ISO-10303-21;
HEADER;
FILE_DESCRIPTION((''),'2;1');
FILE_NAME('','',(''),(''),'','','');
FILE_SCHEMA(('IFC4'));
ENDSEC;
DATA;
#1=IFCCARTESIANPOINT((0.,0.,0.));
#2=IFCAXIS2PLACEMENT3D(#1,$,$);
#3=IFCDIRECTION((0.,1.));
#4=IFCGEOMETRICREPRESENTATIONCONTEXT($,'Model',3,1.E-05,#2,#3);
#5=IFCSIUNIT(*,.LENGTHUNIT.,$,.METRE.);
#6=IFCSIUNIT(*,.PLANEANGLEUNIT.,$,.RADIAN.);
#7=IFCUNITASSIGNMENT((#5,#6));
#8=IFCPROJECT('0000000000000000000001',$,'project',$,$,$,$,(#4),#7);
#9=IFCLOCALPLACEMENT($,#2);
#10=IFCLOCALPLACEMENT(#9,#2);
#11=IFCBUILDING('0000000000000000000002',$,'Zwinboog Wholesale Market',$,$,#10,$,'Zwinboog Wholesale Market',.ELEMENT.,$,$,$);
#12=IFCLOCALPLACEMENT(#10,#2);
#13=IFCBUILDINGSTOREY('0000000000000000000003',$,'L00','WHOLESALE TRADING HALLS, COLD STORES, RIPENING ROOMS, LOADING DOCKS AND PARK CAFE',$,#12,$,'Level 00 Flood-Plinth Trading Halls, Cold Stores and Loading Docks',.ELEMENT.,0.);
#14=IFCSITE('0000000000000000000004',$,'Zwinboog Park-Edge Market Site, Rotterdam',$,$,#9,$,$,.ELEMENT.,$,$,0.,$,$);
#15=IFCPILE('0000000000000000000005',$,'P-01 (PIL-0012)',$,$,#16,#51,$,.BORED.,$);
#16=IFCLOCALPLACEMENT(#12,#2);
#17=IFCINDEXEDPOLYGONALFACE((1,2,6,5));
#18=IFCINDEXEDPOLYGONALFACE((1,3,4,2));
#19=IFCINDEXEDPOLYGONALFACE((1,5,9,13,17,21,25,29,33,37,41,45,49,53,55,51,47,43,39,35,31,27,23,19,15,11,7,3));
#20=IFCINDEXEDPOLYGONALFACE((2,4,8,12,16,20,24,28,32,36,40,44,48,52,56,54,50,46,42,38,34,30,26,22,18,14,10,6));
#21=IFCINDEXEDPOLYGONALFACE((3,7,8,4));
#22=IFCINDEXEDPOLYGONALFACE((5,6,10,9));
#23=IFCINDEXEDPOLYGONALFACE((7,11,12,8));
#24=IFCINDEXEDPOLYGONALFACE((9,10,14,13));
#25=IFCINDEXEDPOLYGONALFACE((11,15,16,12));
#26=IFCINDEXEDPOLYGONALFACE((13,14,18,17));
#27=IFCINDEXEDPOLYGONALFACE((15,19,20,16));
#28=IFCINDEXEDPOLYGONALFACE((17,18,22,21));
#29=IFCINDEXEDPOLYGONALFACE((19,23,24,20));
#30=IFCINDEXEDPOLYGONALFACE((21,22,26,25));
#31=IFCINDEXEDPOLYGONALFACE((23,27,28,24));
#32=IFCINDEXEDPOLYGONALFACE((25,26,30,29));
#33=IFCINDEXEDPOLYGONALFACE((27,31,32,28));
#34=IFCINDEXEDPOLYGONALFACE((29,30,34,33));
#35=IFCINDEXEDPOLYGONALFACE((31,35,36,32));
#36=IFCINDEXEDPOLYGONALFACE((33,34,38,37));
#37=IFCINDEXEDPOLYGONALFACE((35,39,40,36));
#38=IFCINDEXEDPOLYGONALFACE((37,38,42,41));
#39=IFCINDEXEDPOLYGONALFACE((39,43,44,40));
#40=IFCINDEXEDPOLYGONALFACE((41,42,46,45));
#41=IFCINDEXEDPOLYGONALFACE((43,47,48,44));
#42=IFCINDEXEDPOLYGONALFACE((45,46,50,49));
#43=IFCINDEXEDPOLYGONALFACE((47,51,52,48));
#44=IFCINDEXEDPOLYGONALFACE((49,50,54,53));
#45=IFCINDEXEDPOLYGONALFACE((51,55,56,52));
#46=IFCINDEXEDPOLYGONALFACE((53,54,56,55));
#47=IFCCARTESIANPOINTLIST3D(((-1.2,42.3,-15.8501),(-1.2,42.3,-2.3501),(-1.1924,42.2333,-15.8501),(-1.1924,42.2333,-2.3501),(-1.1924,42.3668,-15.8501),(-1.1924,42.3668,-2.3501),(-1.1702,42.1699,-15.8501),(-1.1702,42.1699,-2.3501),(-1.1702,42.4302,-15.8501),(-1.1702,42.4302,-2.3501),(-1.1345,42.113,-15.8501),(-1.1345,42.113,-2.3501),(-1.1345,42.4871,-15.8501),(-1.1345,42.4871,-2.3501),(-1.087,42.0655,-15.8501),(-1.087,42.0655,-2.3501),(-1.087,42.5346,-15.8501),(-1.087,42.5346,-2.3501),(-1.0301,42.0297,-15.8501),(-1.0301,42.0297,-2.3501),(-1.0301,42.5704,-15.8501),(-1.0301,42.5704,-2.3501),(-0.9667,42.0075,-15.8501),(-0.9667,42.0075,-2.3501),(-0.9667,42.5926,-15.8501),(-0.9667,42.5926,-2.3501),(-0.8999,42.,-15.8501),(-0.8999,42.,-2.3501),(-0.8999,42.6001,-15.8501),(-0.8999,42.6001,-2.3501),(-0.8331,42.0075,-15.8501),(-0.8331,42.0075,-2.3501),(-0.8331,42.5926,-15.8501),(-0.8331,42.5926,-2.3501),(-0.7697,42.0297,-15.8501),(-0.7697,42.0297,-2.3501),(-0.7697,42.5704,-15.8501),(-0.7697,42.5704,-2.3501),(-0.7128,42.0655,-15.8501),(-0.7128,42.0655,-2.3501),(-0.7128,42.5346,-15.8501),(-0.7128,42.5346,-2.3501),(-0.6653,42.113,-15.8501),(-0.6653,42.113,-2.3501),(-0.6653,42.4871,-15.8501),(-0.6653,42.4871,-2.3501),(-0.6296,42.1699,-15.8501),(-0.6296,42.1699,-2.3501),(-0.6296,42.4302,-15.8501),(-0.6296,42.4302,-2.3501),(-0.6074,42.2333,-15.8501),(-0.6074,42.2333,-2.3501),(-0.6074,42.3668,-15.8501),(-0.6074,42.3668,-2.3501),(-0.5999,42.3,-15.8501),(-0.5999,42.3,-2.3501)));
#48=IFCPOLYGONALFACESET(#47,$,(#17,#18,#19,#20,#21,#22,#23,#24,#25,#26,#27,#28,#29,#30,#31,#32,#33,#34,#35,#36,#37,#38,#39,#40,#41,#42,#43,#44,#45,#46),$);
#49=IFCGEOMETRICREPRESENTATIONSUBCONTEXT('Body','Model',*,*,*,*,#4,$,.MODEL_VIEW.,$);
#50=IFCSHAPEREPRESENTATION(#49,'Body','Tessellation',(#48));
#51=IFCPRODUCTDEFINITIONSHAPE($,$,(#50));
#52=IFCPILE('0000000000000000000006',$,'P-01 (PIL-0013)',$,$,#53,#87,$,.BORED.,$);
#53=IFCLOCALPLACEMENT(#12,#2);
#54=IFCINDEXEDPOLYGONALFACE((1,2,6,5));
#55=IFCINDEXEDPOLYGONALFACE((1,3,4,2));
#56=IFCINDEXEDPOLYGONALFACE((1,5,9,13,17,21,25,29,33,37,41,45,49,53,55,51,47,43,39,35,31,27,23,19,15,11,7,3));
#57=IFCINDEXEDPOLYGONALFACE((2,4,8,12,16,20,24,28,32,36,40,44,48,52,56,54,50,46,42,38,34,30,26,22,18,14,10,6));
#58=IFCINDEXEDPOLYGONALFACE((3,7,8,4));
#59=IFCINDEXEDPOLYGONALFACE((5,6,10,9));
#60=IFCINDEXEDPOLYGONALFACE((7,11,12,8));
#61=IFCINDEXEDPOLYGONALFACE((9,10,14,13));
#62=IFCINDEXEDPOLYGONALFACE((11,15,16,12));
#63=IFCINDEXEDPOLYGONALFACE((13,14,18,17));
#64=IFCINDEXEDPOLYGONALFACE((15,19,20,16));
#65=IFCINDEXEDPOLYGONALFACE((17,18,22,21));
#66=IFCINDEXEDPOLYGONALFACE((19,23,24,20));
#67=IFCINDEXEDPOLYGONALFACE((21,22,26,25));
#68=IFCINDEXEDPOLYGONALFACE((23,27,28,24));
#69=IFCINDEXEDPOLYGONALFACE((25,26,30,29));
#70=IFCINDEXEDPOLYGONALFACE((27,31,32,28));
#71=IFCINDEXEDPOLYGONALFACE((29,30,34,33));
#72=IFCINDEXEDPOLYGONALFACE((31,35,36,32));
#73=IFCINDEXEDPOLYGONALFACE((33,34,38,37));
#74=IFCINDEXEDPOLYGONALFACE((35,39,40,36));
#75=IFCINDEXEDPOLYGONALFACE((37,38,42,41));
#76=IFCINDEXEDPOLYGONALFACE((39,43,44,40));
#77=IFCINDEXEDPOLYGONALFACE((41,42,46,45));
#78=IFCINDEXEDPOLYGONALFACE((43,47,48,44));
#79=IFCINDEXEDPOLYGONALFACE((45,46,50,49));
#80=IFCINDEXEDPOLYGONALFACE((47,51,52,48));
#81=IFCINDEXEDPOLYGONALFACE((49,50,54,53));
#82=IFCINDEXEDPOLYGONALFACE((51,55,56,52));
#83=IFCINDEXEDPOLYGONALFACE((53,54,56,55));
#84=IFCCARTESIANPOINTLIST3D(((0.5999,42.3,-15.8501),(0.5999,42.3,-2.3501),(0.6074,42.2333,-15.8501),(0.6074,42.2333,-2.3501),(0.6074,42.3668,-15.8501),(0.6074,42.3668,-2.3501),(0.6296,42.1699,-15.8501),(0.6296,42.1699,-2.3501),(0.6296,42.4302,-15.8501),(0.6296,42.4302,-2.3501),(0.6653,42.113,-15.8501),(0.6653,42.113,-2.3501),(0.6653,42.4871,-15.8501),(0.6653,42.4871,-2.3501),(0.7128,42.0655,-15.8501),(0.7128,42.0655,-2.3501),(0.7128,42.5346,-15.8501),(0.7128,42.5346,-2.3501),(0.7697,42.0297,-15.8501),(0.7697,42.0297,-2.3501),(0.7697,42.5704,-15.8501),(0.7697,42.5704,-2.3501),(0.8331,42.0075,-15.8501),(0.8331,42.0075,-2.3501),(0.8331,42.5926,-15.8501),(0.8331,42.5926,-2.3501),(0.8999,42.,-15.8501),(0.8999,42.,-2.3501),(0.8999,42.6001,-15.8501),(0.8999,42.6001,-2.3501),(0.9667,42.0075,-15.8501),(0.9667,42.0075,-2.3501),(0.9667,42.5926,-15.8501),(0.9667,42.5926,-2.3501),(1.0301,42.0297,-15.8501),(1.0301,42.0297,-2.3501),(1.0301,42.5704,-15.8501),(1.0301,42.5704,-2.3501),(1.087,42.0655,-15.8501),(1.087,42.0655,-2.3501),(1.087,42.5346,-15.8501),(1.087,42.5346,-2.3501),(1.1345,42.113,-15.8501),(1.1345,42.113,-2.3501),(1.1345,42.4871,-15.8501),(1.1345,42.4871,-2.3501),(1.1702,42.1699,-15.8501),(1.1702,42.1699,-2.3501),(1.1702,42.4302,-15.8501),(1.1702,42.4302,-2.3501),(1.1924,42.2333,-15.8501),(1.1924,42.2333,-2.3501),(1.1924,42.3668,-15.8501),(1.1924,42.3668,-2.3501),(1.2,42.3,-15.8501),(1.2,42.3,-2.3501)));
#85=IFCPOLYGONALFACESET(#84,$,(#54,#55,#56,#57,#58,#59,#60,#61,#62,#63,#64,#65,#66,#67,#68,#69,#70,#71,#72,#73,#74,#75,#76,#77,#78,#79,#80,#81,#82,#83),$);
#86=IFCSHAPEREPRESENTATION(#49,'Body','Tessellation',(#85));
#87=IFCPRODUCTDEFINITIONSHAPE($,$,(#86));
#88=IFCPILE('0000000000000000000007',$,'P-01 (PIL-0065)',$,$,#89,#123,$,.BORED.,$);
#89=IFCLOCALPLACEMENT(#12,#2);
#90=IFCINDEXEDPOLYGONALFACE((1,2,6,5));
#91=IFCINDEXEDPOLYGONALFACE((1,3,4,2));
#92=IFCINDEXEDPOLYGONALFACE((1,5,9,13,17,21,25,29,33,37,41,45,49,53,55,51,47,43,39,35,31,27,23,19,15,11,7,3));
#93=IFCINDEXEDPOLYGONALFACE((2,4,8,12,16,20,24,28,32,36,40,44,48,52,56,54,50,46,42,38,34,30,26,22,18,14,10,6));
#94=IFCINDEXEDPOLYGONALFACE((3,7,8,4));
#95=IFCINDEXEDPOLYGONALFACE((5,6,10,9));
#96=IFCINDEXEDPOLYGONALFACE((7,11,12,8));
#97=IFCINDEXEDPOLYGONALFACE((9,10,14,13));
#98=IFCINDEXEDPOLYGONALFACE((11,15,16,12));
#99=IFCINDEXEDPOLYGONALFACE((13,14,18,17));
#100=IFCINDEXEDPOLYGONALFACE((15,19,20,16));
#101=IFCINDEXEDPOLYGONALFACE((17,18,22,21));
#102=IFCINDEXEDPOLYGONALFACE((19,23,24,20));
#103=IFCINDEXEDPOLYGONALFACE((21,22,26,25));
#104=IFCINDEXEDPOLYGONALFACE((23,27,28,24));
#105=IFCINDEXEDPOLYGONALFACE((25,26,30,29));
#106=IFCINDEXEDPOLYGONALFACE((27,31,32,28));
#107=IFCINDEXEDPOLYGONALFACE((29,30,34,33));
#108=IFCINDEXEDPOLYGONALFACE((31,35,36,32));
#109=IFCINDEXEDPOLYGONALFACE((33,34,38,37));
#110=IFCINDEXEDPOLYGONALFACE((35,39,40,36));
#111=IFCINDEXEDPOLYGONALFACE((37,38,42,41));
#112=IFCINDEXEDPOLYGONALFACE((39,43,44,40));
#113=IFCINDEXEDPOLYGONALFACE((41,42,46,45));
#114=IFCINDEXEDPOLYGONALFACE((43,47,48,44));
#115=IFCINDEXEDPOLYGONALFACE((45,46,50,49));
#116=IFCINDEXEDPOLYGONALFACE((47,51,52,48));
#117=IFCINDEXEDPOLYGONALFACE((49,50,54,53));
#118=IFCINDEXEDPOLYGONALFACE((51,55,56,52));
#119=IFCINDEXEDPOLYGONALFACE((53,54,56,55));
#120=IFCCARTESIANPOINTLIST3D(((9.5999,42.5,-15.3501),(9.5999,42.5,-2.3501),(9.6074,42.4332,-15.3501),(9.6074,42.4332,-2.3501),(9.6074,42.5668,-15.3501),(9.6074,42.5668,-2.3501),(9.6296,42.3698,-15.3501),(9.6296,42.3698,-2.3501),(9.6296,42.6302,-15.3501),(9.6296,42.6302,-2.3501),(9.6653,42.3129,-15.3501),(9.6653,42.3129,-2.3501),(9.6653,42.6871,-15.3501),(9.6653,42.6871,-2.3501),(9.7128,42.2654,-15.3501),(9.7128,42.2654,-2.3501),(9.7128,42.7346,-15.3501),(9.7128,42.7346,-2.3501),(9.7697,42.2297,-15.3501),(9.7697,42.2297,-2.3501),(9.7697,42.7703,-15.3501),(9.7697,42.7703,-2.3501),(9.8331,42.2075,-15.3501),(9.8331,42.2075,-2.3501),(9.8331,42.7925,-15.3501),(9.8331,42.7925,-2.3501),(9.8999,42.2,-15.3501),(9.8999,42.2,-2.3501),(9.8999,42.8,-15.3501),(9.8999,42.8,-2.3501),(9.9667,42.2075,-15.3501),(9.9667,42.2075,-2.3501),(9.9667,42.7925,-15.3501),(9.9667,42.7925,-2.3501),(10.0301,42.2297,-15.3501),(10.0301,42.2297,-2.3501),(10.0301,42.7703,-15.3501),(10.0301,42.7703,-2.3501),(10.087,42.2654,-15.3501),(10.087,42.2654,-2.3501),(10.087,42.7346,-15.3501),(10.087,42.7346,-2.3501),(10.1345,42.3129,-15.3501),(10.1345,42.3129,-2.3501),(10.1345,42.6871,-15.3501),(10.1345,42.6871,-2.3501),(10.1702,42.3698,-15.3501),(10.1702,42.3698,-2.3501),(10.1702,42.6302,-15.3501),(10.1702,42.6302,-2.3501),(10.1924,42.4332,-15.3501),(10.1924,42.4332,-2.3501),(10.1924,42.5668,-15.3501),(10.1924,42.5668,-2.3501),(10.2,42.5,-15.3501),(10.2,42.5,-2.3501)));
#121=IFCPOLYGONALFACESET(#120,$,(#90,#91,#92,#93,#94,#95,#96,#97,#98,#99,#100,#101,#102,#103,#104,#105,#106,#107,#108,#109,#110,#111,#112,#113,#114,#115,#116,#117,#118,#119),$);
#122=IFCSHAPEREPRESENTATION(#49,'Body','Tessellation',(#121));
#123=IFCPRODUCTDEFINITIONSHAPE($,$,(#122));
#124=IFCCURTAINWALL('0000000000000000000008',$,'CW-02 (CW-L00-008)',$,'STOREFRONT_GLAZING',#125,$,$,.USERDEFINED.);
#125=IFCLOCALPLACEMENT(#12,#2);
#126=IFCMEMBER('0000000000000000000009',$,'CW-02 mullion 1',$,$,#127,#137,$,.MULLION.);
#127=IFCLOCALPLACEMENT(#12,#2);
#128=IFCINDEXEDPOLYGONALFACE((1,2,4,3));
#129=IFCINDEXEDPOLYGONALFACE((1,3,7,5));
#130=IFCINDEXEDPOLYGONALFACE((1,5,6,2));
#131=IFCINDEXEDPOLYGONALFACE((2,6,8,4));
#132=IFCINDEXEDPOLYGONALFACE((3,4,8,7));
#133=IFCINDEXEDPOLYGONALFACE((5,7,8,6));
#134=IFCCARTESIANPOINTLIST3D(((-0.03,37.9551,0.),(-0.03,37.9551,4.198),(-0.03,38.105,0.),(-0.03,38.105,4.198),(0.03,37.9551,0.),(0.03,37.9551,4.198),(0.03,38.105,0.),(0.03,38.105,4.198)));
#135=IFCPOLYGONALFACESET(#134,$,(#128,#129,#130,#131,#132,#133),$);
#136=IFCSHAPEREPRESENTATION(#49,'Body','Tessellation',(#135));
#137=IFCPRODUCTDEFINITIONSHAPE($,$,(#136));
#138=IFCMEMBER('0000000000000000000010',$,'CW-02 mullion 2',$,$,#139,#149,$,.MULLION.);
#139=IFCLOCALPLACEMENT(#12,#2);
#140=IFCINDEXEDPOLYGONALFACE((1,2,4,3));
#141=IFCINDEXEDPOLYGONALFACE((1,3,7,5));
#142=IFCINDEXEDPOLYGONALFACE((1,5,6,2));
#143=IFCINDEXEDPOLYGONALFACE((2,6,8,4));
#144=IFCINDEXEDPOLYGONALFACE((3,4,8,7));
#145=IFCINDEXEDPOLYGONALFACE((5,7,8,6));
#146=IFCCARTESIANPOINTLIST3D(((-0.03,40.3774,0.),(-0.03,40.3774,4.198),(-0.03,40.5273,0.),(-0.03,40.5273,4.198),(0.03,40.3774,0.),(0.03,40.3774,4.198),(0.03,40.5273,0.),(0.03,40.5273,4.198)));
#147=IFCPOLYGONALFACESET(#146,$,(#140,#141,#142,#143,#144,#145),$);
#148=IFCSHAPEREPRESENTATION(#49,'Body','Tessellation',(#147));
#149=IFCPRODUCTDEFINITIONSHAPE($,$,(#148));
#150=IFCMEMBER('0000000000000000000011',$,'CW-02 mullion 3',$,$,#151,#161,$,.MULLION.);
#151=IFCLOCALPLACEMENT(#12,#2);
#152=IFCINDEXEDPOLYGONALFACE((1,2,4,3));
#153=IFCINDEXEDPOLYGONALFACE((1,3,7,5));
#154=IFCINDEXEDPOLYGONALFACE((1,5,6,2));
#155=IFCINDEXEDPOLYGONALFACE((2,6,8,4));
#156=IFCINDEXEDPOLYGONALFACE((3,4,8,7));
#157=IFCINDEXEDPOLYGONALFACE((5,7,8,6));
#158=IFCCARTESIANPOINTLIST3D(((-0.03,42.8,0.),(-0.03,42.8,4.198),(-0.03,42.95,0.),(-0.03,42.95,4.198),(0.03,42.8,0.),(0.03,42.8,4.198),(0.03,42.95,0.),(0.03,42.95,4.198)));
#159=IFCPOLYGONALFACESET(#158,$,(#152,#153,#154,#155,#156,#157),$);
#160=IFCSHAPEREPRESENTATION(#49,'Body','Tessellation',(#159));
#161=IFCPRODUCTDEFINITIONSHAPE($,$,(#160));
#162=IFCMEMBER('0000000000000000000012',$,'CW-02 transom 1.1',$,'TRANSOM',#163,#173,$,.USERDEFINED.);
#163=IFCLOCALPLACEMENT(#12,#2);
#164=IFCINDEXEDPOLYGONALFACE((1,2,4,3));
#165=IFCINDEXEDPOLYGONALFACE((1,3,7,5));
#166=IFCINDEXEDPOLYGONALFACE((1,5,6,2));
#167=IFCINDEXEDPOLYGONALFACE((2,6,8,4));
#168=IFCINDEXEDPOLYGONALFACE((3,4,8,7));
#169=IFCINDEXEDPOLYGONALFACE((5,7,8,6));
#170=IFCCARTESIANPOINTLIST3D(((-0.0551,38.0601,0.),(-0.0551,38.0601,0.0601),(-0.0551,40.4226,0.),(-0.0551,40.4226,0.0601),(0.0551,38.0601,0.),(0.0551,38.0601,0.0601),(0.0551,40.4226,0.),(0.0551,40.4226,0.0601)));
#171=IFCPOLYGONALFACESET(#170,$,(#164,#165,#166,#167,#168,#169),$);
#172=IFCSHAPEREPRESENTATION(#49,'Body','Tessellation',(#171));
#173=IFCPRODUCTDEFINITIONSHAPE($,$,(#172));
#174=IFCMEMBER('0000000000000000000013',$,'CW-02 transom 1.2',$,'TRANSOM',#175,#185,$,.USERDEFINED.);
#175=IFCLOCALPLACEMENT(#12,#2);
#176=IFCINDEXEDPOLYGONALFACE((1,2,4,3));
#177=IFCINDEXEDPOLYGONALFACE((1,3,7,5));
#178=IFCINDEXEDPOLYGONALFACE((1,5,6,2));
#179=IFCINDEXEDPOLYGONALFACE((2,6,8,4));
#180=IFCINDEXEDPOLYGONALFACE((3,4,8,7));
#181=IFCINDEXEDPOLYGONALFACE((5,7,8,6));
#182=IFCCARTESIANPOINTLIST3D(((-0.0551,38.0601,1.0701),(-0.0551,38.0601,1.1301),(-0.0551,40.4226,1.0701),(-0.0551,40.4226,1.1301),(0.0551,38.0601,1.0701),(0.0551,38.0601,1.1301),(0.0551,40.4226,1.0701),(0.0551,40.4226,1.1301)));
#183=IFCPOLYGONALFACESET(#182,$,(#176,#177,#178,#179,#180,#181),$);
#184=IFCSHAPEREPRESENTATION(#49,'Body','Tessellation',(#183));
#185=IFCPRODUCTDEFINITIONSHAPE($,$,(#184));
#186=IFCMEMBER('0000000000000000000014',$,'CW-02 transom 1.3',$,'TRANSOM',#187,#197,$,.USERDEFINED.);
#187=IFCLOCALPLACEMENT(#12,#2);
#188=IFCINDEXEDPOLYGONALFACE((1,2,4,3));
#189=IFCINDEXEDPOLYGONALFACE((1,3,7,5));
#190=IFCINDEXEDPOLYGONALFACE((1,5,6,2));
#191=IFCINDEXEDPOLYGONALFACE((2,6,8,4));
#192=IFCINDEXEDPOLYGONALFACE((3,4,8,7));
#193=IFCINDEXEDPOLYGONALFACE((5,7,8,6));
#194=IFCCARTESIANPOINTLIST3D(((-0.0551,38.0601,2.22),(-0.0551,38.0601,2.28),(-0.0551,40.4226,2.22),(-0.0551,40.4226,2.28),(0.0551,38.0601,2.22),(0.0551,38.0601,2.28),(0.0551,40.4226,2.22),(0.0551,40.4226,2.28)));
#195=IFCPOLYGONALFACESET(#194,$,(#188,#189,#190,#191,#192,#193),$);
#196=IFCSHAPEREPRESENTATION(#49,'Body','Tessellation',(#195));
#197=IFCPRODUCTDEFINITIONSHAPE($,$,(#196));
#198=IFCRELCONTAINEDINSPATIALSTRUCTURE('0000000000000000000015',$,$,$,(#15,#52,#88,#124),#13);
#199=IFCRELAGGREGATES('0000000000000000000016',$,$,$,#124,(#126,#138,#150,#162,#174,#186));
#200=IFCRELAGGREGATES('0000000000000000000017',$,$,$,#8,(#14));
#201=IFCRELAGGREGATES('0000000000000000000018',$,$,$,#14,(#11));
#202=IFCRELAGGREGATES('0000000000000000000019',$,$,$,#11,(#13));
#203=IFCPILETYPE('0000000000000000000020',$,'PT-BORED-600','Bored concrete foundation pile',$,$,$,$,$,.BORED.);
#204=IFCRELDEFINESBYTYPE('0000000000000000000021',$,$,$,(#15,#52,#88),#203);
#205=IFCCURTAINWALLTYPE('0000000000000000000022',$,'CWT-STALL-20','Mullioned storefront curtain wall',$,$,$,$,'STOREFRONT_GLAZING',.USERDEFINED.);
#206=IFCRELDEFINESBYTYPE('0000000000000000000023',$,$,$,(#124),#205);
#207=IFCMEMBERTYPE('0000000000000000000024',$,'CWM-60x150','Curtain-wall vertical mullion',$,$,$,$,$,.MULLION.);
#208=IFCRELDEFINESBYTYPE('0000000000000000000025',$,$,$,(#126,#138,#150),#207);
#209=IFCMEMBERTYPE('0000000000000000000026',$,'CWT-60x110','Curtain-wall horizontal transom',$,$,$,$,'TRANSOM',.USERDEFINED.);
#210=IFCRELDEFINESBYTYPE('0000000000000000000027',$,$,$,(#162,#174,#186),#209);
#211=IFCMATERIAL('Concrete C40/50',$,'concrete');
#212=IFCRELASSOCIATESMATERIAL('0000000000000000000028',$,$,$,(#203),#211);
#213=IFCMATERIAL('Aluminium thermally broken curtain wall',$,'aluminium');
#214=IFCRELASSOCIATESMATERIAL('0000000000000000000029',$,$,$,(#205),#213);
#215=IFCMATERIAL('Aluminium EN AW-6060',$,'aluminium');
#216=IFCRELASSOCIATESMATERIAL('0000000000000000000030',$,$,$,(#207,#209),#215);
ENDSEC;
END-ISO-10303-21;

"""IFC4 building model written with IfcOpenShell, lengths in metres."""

from ifc_helpers import new_model, si_unit, direction, frame, origin, origin_2d, place, context, subcontext, project, spatial, rectangle, circle, extrude, material, material_profile, profile_set, type_object, element, aggregate, save


model = new_model("IFC4")

# Units and contexts
model_context = context("Model", 3, precision=1e-05, world=origin(), true_north=direction((0.0, 1.0)))
body_context = subcontext(model_context, "Body", "Model", "MODEL_VIEW")
ifc_project = project(units=[si_unit("LENGTHUNIT", "METRE"), si_unit("PLANEANGLEUNIT", "RADIAN")], contexts=[model_context])

# Site, building, storey
site_placement = place(None, origin())
site = spatial("IfcSite", under=ifc_project, at=site_placement, Name="Zwinboog Park-Edge Market Site, Rotterdam", CompositionType="ELEMENT", RefElevation=0.0)
building_placement = place(site_placement, origin())
building = spatial("IfcBuilding", under=site, at=building_placement, Name="Zwinboog Wholesale Market", LongName="Zwinboog Wholesale Market", CompositionType="ELEMENT")
storey_placement = place(building_placement, origin())
storey = spatial("IfcBuildingStorey", under=building, at=storey_placement, Name="L00", Description="WHOLESALE TRADING HALLS, COLD STORES, RIPENING ROOMS, LOADING DOCKS AND PARK CAFE", LongName="Level 00 Flood-Plinth Trading Halls, Cold Stores and Loading Docks", CompositionType="ELEMENT", Elevation=0.0)

# Piles
ifc_material_1 = material(Name="Concrete C40/50", Category="concrete")
ifc_material_profile_1 = material_profile(ifc_material_1, circle(Radius=0.3, at=origin_2d()), Name="PILE D600")
ifc_profile_set_1 = profile_set([ifc_material_profile_1], Name="Concrete C40/50")
pile_type = type_object("IfcPileType", Name="PT-BORED-600", Description="Bored concrete foundation pile", PredefinedType="BORED", material=ifc_profile_set_1)
for number, where, z_axis, x_axis, name in (
    (1, (-0.8999, 42.3, -2.3501), (0.0, 0.0, -1.0), (1.0, 0.0, 0.0), "P-01 (PIL-0012)"),
    (2, (0.8999, 42.3, -2.3501), (0.0, 0.0, -1.0), (1.0, 0.0, 0.0), "P-01 (PIL-0013)"),
):
    element("IfcPile", number, at=place(storey_placement, frame(where, z_axis=z_axis, x_axis=x_axis)), inside=storey, type_object=pile_type, Name=name, PredefinedType="BORED", context=body_context, shape_type="SweptSolid", body=[
        extrude(circle(Radius=0.3, at=origin_2d()), origin(), (0.0, 0.0, 1.0), 13.5),
    ])
pile_placement = place(storey_placement, frame((9.8999, 42.5, -2.3501), z_axis=(0.0, 0.0, -1.0), x_axis=(1.0, 0.0, 0.0)))
element("IfcPile", 3, at=pile_placement, inside=storey, type_object=pile_type, Name="P-01 (PIL-0065)", PredefinedType="BORED", context=body_context, shape_type="SweptSolid", body=[
    extrude(circle(Radius=0.3, at=origin_2d()), origin(), (0.0, 0.0, 1.0), 13.0),
])

# Curtain wall, members
ifc_material_2 = material(Name="Aluminium thermally broken curtain wall", Category="aluminium")
curtain_wall_type_1 = type_object("IfcCurtainWallType", Name="CWT-STALL-20", Description="Mullioned storefront curtain wall", ElementType="STOREFRONT_GLAZING", PredefinedType="USERDEFINED", material=ifc_material_2)
curtain_wall_1_placement = place(storey_placement, origin())
curtain_wall_1 = element("IfcCurtainWall", 4, at=curtain_wall_1_placement, inside=storey, type_object=curtain_wall_type_1, Name="CW-02 (CW-L00-008)", ObjectType="STOREFRONT_GLAZING", PredefinedType="USERDEFINED")
ifc_material_3 = material(Name="Aluminium EN AW-6060", Category="aluminium")
ifc_material_profile_2 = material_profile(ifc_material_3, rectangle(XDim=0.0601, YDim=0.1499, at=origin_2d()), Name="AL 60x150")
ifc_profile_set_2 = profile_set([ifc_material_profile_2], Name="Aluminium EN AW-6060")
member_type_1 = type_object("IfcMemberType", Name="CWM-60x150", Description="Curtain-wall vertical mullion", PredefinedType="MULLION", material=ifc_profile_set_2)
member_1_placement = place(storey_placement, frame((0.0, 38.03, 0.0), z_axis=(0.0, 0.0, 1.0), x_axis=(-1.0, 0.0, 0.0)))
member_1 = element("IfcMember", 5, at=member_1_placement, type_object=member_type_1, Name="CW-02 mullion 1", PredefinedType="MULLION", context=body_context, shape_type="SweptSolid", body=[
    extrude(rectangle(XDim=0.0601, YDim=0.1499, at=origin_2d()), origin(), (0.0, 0.0, 1.0), 4.198),
])
member_2_placement = place(storey_placement, frame((0.0, 40.4524, 0.0), z_axis=(0.0, 0.0, 1.0), x_axis=(-1.0, 0.0, 0.0)))
member_2 = element("IfcMember", 6, at=member_2_placement, type_object=member_type_1, Name="CW-02 mullion 2", PredefinedType="MULLION", context=body_context, shape_type="SweptSolid", body=[
    extrude(rectangle(XDim=0.0601, YDim=0.1499, at=origin_2d()), origin(), (0.0, 0.0, 1.0), 4.198),
])
member_3_placement = place(storey_placement, frame((0.0, 42.875, 0.0), z_axis=(0.0, 0.0, 1.0), x_axis=(-1.0, 0.0, 0.0)))
member_3 = element("IfcMember", 7, at=member_3_placement, type_object=member_type_1, Name="CW-02 mullion 3", PredefinedType="MULLION", context=body_context, shape_type="SweptSolid", body=[
    extrude(rectangle(XDim=0.0601, YDim=0.1499, at=origin_2d()), origin(), (0.0, 0.0, 1.0), 4.198),
])
ifc_material_profile_3 = material_profile(ifc_material_3, rectangle(XDim=0.1101, YDim=0.0601, at=origin_2d()), Name="AL 60x110")
ifc_profile_set_3 = profile_set([ifc_material_profile_3], Name="Aluminium EN AW-6060")
member_type_2 = type_object("IfcMemberType", Name="CWT-60x110", Description="Curtain-wall horizontal transom", ElementType="TRANSOM", PredefinedType="USERDEFINED", material=ifc_profile_set_3)
member_4_placement = place(storey_placement, frame((0.0, 38.0601, 0.03), z_axis=(0.0, 1.0, 0.0), x_axis=(-1.0, 0.0, 0.0)))
member_4 = element("IfcMember", 8, at=member_4_placement, type_object=member_type_2, Name="CW-02 transom 1.1", ObjectType="TRANSOM", PredefinedType="USERDEFINED", context=body_context, shape_type="SweptSolid", body=[
    extrude(rectangle(XDim=0.1101, YDim=0.0601, at=origin_2d()), origin(), (0.0, 0.0, 1.0), 2.3625),
])
member_5_placement = place(storey_placement, frame((0.0, 38.0601, 1.1001), z_axis=(0.0, 1.0, 0.0), x_axis=(-1.0, 0.0, 0.0)))
member_5 = element("IfcMember", 9, at=member_5_placement, type_object=member_type_2, Name="CW-02 transom 1.2", ObjectType="TRANSOM", PredefinedType="USERDEFINED", context=body_context, shape_type="SweptSolid", body=[
    extrude(rectangle(XDim=0.1101, YDim=0.0601, at=origin_2d()), origin(), (0.0, 0.0, 1.0), 2.3625),
])
member_6_placement = place(storey_placement, frame((0.0, 38.0601, 2.25), z_axis=(0.0, 1.0, 0.0), x_axis=(-1.0, 0.0, 0.0)))
member_6 = element("IfcMember", 10, at=member_6_placement, type_object=member_type_2, Name="CW-02 transom 1.3", ObjectType="TRANSOM", PredefinedType="USERDEFINED", context=body_context, shape_type="SweptSolid", body=[
    extrude(rectangle(XDim=0.1101, YDim=0.0601, at=origin_2d()), origin(), (0.0, 0.0, 1.0), 2.3625),
])

aggregate(curtain_wall_1, [member_1, member_2, member_3, member_4, member_5, member_6])

save(model, "model.ifc")
